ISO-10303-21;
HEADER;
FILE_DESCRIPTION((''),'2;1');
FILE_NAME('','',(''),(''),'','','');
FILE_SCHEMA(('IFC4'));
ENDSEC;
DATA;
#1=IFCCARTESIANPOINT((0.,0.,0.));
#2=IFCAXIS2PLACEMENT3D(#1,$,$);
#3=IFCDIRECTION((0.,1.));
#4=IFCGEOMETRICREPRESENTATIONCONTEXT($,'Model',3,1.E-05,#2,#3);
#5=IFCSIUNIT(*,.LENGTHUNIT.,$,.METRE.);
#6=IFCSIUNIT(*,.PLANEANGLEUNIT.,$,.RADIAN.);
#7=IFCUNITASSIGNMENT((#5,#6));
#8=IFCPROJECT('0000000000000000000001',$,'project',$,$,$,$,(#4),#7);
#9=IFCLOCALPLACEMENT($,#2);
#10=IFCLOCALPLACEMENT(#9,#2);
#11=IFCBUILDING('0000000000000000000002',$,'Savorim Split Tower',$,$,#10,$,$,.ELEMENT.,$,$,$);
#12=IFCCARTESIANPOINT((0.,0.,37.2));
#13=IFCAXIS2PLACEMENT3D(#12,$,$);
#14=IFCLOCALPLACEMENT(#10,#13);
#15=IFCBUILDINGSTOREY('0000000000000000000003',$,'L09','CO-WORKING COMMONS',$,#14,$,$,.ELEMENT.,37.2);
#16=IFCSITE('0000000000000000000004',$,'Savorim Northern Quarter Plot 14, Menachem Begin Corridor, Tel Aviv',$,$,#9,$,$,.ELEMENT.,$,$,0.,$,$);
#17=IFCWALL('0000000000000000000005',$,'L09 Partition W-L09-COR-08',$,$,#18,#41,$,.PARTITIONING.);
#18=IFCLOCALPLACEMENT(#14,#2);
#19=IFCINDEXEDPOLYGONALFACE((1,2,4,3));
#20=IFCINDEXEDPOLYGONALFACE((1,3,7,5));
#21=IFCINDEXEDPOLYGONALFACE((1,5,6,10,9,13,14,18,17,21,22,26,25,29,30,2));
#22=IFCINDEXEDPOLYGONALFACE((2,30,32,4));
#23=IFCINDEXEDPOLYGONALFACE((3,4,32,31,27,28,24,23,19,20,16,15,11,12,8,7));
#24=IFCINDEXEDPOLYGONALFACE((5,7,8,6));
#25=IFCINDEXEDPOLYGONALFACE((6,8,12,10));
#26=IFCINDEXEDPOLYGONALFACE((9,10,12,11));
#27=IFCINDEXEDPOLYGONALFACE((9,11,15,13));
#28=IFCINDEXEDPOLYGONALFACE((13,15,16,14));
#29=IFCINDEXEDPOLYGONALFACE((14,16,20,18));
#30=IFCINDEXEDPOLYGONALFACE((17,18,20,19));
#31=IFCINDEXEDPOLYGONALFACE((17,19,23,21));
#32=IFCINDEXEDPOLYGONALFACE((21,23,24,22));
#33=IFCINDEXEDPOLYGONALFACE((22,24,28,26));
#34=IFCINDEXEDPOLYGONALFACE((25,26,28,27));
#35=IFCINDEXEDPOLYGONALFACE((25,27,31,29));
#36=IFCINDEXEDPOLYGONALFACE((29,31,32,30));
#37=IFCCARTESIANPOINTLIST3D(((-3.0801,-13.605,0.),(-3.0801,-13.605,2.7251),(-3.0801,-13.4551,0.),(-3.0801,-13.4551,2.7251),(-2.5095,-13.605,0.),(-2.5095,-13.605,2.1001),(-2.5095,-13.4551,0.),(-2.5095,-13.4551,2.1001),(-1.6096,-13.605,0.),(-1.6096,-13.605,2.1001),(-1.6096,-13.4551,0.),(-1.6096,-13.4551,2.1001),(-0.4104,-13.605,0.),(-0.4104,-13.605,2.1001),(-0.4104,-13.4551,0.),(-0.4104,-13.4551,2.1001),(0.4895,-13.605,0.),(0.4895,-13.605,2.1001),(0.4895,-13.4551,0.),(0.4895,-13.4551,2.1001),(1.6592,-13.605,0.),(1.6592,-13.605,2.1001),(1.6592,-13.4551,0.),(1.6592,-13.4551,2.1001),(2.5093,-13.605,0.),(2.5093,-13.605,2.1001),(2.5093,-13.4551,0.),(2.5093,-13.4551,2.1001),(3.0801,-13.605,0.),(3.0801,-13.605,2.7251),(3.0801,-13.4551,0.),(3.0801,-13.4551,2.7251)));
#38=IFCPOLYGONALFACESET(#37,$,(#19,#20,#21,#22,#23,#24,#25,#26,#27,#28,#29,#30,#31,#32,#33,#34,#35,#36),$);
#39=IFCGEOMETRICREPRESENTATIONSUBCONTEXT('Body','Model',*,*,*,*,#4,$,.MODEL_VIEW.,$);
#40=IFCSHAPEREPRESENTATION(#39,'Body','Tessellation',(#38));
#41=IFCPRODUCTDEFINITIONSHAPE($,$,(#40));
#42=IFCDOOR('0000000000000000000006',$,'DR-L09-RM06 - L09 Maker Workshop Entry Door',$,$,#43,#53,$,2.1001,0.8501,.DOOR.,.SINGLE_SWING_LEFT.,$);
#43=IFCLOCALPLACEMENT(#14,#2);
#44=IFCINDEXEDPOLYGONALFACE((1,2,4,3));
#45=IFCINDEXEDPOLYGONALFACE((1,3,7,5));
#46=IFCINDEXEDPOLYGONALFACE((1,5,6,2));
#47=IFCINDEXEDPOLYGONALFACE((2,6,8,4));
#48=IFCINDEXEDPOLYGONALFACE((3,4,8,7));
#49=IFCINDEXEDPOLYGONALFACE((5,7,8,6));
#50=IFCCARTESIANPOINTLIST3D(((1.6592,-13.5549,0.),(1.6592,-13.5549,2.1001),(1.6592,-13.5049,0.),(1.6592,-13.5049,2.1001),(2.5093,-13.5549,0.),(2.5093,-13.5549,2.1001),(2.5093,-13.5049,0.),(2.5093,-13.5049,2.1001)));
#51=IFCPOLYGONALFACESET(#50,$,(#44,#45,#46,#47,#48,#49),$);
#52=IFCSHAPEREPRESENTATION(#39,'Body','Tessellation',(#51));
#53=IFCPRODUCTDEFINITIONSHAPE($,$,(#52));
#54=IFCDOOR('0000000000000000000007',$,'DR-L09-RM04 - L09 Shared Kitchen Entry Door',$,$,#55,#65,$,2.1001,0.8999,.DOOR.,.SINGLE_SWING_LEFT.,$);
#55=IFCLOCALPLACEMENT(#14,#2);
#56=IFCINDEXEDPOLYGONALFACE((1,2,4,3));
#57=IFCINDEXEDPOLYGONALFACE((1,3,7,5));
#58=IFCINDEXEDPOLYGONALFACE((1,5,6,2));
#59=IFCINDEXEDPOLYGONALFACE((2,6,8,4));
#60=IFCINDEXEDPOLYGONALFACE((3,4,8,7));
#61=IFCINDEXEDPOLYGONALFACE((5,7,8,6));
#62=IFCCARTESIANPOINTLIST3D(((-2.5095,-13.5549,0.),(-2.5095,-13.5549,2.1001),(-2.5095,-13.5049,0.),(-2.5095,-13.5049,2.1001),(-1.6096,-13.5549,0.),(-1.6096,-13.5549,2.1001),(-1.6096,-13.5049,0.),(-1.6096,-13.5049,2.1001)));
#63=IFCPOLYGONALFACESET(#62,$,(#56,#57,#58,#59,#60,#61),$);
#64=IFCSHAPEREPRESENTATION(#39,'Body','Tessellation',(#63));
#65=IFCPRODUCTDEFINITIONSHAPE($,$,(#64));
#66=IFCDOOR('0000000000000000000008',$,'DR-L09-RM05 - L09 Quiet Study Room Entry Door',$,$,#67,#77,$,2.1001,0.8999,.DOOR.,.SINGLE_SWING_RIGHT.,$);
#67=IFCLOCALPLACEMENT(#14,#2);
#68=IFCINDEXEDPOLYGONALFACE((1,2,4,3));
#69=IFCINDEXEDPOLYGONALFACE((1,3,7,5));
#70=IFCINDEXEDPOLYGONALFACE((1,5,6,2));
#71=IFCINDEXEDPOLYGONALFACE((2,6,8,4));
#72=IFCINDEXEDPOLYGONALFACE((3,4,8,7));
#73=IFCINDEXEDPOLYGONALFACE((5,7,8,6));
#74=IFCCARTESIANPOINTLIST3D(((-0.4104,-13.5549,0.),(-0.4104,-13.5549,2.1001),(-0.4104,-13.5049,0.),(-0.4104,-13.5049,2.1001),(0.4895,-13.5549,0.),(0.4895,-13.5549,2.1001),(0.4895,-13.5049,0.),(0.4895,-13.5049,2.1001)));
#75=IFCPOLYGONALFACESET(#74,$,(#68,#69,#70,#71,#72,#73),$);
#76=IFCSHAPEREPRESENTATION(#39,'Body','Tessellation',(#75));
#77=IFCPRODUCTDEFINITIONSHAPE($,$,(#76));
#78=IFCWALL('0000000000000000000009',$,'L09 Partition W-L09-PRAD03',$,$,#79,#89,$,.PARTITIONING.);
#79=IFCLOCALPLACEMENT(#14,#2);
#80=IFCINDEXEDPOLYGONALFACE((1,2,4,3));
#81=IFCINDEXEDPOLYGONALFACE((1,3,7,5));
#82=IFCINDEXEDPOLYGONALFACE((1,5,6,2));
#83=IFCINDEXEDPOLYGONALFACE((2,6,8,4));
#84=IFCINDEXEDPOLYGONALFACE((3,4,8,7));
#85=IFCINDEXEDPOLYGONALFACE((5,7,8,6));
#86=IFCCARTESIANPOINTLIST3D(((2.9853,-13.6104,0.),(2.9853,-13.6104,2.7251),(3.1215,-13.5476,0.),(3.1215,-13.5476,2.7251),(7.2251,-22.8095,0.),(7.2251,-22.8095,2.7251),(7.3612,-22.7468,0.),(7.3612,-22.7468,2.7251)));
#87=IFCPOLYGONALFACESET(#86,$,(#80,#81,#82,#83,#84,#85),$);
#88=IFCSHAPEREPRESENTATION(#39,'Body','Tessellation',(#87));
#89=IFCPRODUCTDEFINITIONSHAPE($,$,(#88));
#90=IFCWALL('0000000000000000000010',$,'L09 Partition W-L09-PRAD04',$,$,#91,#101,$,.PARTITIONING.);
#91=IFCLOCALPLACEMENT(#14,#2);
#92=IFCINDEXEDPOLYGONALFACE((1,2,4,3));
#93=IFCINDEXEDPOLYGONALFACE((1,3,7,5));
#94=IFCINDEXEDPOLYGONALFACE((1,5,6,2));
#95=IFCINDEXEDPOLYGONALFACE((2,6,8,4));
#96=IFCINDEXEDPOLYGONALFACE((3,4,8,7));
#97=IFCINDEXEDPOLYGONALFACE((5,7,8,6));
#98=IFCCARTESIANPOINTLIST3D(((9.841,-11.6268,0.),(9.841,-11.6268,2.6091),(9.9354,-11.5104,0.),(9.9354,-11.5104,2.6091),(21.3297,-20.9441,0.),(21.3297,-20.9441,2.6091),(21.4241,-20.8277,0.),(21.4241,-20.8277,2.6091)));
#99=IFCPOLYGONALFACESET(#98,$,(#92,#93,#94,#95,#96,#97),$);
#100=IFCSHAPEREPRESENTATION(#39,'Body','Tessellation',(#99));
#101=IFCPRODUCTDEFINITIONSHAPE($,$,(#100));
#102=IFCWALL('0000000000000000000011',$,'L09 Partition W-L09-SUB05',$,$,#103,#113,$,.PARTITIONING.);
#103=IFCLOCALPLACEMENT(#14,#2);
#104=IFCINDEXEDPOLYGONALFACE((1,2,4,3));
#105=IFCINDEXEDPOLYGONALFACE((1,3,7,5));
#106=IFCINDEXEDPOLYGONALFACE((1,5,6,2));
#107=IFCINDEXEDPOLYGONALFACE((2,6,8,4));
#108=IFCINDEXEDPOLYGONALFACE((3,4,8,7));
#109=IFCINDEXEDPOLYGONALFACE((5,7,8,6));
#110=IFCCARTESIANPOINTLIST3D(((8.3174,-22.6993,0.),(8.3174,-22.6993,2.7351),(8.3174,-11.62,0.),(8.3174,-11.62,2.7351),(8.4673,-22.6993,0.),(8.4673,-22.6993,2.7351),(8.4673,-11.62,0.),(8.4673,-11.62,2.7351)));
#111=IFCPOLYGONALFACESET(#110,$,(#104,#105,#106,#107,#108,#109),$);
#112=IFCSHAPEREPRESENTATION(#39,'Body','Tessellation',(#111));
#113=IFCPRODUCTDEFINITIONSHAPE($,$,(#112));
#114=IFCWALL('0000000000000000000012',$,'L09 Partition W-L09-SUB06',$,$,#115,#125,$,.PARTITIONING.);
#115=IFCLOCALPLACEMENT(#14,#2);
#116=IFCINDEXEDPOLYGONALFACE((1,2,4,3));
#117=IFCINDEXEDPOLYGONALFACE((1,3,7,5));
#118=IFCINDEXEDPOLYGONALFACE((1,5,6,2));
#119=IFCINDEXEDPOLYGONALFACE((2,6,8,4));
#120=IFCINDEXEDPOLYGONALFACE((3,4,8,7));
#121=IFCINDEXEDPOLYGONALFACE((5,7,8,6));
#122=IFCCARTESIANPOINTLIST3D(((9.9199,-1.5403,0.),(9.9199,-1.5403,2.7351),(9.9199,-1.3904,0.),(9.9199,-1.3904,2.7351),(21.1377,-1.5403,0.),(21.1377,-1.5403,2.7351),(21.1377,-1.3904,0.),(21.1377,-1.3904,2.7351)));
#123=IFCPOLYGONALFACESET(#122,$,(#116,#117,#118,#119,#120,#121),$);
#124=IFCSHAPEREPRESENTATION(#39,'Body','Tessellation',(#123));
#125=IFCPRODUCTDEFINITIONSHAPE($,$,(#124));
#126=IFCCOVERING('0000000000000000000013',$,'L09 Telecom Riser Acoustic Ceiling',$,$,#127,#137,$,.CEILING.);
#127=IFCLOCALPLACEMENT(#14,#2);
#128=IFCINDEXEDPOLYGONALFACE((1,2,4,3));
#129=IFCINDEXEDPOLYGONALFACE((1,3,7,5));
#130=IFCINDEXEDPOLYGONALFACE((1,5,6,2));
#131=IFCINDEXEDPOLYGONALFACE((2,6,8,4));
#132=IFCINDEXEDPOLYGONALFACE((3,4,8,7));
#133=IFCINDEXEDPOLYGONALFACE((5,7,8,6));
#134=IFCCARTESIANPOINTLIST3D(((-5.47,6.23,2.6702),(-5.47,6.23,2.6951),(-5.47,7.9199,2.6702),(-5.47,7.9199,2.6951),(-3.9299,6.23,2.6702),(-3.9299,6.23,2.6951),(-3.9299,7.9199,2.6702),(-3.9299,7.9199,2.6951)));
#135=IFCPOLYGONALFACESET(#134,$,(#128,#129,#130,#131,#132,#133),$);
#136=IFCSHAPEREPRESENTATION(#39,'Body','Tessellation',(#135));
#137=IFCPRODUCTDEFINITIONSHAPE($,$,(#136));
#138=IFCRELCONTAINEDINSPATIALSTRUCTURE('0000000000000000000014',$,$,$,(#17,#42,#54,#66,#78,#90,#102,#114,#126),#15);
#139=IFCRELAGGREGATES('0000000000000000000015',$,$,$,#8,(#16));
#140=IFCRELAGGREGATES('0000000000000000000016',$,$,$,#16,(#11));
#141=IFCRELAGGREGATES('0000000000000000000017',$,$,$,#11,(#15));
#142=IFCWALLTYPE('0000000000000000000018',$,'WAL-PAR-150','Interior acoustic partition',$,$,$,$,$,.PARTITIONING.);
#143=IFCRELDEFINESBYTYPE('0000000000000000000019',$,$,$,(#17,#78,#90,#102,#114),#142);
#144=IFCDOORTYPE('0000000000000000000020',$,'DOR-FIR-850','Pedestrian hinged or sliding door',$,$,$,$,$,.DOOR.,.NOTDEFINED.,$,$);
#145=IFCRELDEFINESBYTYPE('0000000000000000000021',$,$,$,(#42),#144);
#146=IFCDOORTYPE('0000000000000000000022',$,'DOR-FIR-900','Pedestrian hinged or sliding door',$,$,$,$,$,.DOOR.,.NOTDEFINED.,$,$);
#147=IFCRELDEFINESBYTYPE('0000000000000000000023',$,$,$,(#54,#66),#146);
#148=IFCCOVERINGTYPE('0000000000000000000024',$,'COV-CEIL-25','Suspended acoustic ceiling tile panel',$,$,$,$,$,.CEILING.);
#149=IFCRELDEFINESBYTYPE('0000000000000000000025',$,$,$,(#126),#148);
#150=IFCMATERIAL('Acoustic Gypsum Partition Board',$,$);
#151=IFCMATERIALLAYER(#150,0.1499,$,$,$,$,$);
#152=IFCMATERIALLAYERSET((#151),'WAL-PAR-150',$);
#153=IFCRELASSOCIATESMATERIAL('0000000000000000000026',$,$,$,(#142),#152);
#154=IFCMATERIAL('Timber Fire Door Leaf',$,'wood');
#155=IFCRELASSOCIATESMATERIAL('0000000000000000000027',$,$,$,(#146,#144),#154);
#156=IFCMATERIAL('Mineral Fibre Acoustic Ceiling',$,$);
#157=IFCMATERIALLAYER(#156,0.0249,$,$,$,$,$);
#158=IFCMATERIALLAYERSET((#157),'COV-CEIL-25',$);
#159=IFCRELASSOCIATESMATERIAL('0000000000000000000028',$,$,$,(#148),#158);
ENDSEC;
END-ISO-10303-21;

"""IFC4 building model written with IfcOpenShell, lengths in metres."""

from ifc_helpers import new_model, si_unit, direction, frame, frame_2d, origin, place, context, subcontext, project, spatial, polyline, rectangle, outline, extrude, material, layer, layer_set, type_object, element, fill, save


model = new_model("IFC4")

# Units and contexts
model_context = context("Model", 3, precision=1e-05, world=origin(), true_north=direction((0.0, 1.0)))
body_context = subcontext(model_context, "Body", "Model", "MODEL_VIEW")
ifc_project = project(units=[si_unit("LENGTHUNIT", "METRE"), si_unit("PLANEANGLEUNIT", "RADIAN")], contexts=[model_context])

# Site, building, storey
site_placement = place(None, origin())
site = spatial("IfcSite", under=ifc_project, at=site_placement, Name="Savorim Northern Quarter Plot 14, Menachem Begin Corridor, Tel Aviv", CompositionType="ELEMENT", RefElevation=0.0)
building_placement = place(site_placement, origin())
building = spatial("IfcBuilding", under=site, at=building_placement, Name="Savorim Split Tower", CompositionType="ELEMENT")
storey_placement = place(building_placement, frame((0.0, 0.0, 37.2)))
storey = spatial("IfcBuildingStorey", under=building, at=storey_placement, Name="L09", Description="CO-WORKING COMMONS", CompositionType="ELEMENT", Elevation=37.2)

# Shared definitions
ifc_material_1 = material(Name="Acoustic Gypsum Partition Board")
ifc_layer_1 = layer(ifc_material_1, 0.1499)
ifc_layer_set_1 = layer_set([ifc_layer_1], Name="WAL-PAR-150")
wall_type_1 = type_object("IfcWallType", Name="WAL-PAR-150", Description="Interior acoustic partition", PredefinedType="PARTITIONING", material=ifc_layer_set_1)

# Shared definitions
ifc_material_2 = material(Name="Timber Fire Door Leaf", Category="wood")
door_type_1 = type_object("IfcDoorType", Name="DOR-FIR-900", Description="Pedestrian hinged or sliding door", OperationType="NOTDEFINED", PredefinedType="DOOR", material=ifc_material_2)

# Shared definitions
door_type_2 = type_object("IfcDoorType", Name="DOR-FIR-850", Description="Pedestrian hinged or sliding door", OperationType="NOTDEFINED", PredefinedType="DOOR", material=ifc_material_2)

# Wall, openings, doors
wall_1_placement = place(storey_placement, frame((3.0801, -13.53, 0.0), z_axis=(0.0, 0.0, 1.0), x_axis=(-1.0, 0.0, 0.0)))
wall_1 = element("IfcWall", 1, at=wall_1_placement, inside=storey, type_object=wall_type_1, Name="L09 Partition W-L09-COR-08", PredefinedType="PARTITIONING", context=body_context, shape_type="SweptSolid", body=[
    extrude(rectangle(XDim=6.1602, YDim=0.1499, at=frame_2d((3.0801, 0.0))), origin(), (0.0, 0.0, 1.0), 2.7251),
])
opening_1_placement = place(wall_1_placement, frame((4.6897, 0.0, 0.0)))
opening_1 = element("IfcOpeningElement", 2, at=opening_1_placement, cuts=wall_1, PredefinedType="OPENING", context=body_context, shape_type="SweptSolid", body=[
    extrude(rectangle(XDim=0.8999, YDim=2.1001, at=frame_2d((0.45, 1.05))), frame((0.0, 0.085, 0.0), z_axis=(0.0, -1.0, 0.0), x_axis=(1.0, 0.0, 0.0)), (0.0, 0.0, 1.0), 0.1699),
])
opening_2_placement = place(wall_1_placement, frame((2.5906, 0.0, 0.0)))
opening_2 = element("IfcOpeningElement", 3, at=opening_2_placement, cuts=wall_1, PredefinedType="OPENING", context=body_context, shape_type="SweptSolid", body=[
    extrude(rectangle(XDim=0.8999, YDim=2.1001, at=frame_2d((0.45, 1.05))), frame((0.0, 0.085, 0.0), z_axis=(0.0, -1.0, 0.0), x_axis=(1.0, 0.0, 0.0)), (0.0, 0.0, 1.0), 0.1699),
])
opening_3_placement = place(wall_1_placement, frame((0.5708, 0.0, 0.0)))
opening_3 = element("IfcOpeningElement", 4, at=opening_3_placement, cuts=wall_1, PredefinedType="OPENING", context=body_context, shape_type="SweptSolid", body=[
    extrude(rectangle(XDim=0.8501, YDim=2.1001, at=frame_2d((0.425, 1.05))), frame((0.0, 0.085, 0.0), z_axis=(0.0, -1.0, 0.0), x_axis=(1.0, 0.0, 0.0)), (0.0, 0.0, 1.0), 0.1699),
])
door_1_placement = place(opening_3_placement, origin())
door_1 = element("IfcDoor", 5, at=door_1_placement, inside=storey, type_object=door_type_2, Name="DR-L09-RM06 - L09 Maker Workshop Entry Door", OperationType="SINGLE_SWING_LEFT", OverallHeight=2.1001, OverallWidth=0.8501, PredefinedType="DOOR", context=body_context, shape_type="SweptSolid", body=[
    extrude(rectangle(XDim=0.8501, YDim=2.1001, at=frame_2d((0.425, 1.05))), frame((0.0, 0.0249, 0.0), z_axis=(0.0, -1.0, 0.0), x_axis=(1.0, 0.0, 0.0)), (0.0, 0.0, 1.0), 0.05),
])
fill(opening_3, door_1)
door_2_placement = place(opening_1_placement, origin())
door_2 = element("IfcDoor", 6, at=door_2_placement, inside=storey, type_object=door_type_1, Name="DR-L09-RM04 - L09 Shared Kitchen Entry Door", OperationType="SINGLE_SWING_LEFT", OverallHeight=2.1001, OverallWidth=0.8999, PredefinedType="DOOR", context=body_context, shape_type="SweptSolid", body=[
    extrude(rectangle(XDim=0.8999, YDim=2.1001, at=frame_2d((0.45, 1.05))), frame((0.0, 0.0249, 0.0), z_axis=(0.0, -1.0, 0.0), x_axis=(1.0, 0.0, 0.0)), (0.0, 0.0, 1.0), 0.05),
])
fill(opening_1, door_2)
door_3_placement = place(opening_2_placement, origin())
door_3 = element("IfcDoor", 7, at=door_3_placement, inside=storey, type_object=door_type_1, Name="DR-L09-RM05 - L09 Quiet Study Room Entry Door", OperationType="SINGLE_SWING_RIGHT", OverallHeight=2.1001, OverallWidth=0.8999, PredefinedType="DOOR", context=body_context, shape_type="SweptSolid", body=[
    extrude(rectangle(XDim=0.8999, YDim=2.1001, at=frame_2d((0.45, 1.05))), frame((0.0, 0.0249, 0.0), z_axis=(0.0, -1.0, 0.0), x_axis=(1.0, 0.0, 0.0)), (0.0, 0.0, 1.0), 0.05),
])
fill(opening_2, door_3)

# Walls
wall_2_placement = place(storey_placement, frame((3.0535, -13.5791, 0.0), z_axis=(0.0, 0.0, 1.0), x_axis=(0.418566, -0.908186, 0.0)))
element("IfcWall", 8, at=wall_2_placement, inside=storey, type_object=wall_type_1, Name="L09 Partition W-L09-PRAD03", PredefinedType="PARTITIONING", context=body_context, shape_type="SweptSolid", body=[
    extrude(rectangle(XDim=10.1292, YDim=0.1499, at=frame_2d((5.0645, 0.0))), origin(), (0.0, 0.0, 1.0), 2.7251),
])
wall_3_placement = place(storey_placement, frame((9.8882, -11.5686, 0.0), z_axis=(0.0, 0.0, 1.0), x_axis=(0.776684, -0.62989, 0.0)))
element("IfcWall", 9, at=wall_3_placement, inside=storey, type_object=wall_type_1, Name="L09 Partition W-L09-PRAD04", PredefinedType="PARTITIONING", context=body_context, shape_type="SweptSolid", body=[
    extrude(rectangle(XDim=14.792, YDim=0.1499, at=frame_2d((7.396, 0.0))), origin(), (0.0, 0.0, 1.0), 2.6091),
])
wall_4_placement = place(storey_placement, frame((8.3923, -11.6201, 0.0), z_axis=(0.0, 0.0, 1.0), x_axis=(0.0, -1.0, 0.0)))
element("IfcWall", 10, at=wall_4_placement, inside=storey, type_object=wall_type_1, Name="L09 Partition W-L09-SUB05", PredefinedType="PARTITIONING", context=body_context, shape_type="SweptSolid", body=[
    extrude(rectangle(XDim=11.0793, YDim=0.1499, at=frame_2d((5.5396, 0.0))), origin(), (0.0, 0.0, 1.0), 2.7351),
])
wall_5_placement = place(storey_placement, frame((9.9199, -1.4653, 0.0), z_axis=(0.0, 0.0, 1.0), x_axis=(1.0, 0.0, 0.0)))
element("IfcWall", 11, at=wall_5_placement, inside=storey, type_object=wall_type_1, Name="L09 Partition W-L09-SUB06", PredefinedType="PARTITIONING", context=body_context, shape_type="SweptSolid", body=[
    extrude(rectangle(XDim=11.2178, YDim=0.1499, at=frame_2d((5.6089, 0.0))), origin(), (0.0, 0.0, 1.0), 2.7351),
])

# Covering
ifc_material_3 = material(Name="Mineral Fibre Acoustic Ceiling")
ifc_layer_2 = layer(ifc_material_3, 0.0249)
ifc_layer_set_2 = layer_set([ifc_layer_2], Name="COV-CEIL-25")
covering_type = type_object("IfcCoveringType", Name="COV-CEIL-25", Description="Suspended acoustic ceiling tile panel", PredefinedType="CEILING", material=ifc_layer_set_2)
covering_placement = place(storey_placement, frame((0.0, 0.0, 2.6702)))
element("IfcCovering", 12, at=covering_placement, inside=storey, type_object=covering_type, Name="L09 Telecom Riser Acoustic Ceiling", PredefinedType="CEILING", context=body_context, shape_type="SweptSolid", body=[
    extrude(outline(polyline([(-5.47, 7.9199), (-5.47, 6.23), (-3.9299, 6.23), (-3.9299, 7.9199), (-5.47, 7.9199)])), origin(), (0.0, 0.0, 1.0), 0.0249),
])

save(model, "model.ifc")
